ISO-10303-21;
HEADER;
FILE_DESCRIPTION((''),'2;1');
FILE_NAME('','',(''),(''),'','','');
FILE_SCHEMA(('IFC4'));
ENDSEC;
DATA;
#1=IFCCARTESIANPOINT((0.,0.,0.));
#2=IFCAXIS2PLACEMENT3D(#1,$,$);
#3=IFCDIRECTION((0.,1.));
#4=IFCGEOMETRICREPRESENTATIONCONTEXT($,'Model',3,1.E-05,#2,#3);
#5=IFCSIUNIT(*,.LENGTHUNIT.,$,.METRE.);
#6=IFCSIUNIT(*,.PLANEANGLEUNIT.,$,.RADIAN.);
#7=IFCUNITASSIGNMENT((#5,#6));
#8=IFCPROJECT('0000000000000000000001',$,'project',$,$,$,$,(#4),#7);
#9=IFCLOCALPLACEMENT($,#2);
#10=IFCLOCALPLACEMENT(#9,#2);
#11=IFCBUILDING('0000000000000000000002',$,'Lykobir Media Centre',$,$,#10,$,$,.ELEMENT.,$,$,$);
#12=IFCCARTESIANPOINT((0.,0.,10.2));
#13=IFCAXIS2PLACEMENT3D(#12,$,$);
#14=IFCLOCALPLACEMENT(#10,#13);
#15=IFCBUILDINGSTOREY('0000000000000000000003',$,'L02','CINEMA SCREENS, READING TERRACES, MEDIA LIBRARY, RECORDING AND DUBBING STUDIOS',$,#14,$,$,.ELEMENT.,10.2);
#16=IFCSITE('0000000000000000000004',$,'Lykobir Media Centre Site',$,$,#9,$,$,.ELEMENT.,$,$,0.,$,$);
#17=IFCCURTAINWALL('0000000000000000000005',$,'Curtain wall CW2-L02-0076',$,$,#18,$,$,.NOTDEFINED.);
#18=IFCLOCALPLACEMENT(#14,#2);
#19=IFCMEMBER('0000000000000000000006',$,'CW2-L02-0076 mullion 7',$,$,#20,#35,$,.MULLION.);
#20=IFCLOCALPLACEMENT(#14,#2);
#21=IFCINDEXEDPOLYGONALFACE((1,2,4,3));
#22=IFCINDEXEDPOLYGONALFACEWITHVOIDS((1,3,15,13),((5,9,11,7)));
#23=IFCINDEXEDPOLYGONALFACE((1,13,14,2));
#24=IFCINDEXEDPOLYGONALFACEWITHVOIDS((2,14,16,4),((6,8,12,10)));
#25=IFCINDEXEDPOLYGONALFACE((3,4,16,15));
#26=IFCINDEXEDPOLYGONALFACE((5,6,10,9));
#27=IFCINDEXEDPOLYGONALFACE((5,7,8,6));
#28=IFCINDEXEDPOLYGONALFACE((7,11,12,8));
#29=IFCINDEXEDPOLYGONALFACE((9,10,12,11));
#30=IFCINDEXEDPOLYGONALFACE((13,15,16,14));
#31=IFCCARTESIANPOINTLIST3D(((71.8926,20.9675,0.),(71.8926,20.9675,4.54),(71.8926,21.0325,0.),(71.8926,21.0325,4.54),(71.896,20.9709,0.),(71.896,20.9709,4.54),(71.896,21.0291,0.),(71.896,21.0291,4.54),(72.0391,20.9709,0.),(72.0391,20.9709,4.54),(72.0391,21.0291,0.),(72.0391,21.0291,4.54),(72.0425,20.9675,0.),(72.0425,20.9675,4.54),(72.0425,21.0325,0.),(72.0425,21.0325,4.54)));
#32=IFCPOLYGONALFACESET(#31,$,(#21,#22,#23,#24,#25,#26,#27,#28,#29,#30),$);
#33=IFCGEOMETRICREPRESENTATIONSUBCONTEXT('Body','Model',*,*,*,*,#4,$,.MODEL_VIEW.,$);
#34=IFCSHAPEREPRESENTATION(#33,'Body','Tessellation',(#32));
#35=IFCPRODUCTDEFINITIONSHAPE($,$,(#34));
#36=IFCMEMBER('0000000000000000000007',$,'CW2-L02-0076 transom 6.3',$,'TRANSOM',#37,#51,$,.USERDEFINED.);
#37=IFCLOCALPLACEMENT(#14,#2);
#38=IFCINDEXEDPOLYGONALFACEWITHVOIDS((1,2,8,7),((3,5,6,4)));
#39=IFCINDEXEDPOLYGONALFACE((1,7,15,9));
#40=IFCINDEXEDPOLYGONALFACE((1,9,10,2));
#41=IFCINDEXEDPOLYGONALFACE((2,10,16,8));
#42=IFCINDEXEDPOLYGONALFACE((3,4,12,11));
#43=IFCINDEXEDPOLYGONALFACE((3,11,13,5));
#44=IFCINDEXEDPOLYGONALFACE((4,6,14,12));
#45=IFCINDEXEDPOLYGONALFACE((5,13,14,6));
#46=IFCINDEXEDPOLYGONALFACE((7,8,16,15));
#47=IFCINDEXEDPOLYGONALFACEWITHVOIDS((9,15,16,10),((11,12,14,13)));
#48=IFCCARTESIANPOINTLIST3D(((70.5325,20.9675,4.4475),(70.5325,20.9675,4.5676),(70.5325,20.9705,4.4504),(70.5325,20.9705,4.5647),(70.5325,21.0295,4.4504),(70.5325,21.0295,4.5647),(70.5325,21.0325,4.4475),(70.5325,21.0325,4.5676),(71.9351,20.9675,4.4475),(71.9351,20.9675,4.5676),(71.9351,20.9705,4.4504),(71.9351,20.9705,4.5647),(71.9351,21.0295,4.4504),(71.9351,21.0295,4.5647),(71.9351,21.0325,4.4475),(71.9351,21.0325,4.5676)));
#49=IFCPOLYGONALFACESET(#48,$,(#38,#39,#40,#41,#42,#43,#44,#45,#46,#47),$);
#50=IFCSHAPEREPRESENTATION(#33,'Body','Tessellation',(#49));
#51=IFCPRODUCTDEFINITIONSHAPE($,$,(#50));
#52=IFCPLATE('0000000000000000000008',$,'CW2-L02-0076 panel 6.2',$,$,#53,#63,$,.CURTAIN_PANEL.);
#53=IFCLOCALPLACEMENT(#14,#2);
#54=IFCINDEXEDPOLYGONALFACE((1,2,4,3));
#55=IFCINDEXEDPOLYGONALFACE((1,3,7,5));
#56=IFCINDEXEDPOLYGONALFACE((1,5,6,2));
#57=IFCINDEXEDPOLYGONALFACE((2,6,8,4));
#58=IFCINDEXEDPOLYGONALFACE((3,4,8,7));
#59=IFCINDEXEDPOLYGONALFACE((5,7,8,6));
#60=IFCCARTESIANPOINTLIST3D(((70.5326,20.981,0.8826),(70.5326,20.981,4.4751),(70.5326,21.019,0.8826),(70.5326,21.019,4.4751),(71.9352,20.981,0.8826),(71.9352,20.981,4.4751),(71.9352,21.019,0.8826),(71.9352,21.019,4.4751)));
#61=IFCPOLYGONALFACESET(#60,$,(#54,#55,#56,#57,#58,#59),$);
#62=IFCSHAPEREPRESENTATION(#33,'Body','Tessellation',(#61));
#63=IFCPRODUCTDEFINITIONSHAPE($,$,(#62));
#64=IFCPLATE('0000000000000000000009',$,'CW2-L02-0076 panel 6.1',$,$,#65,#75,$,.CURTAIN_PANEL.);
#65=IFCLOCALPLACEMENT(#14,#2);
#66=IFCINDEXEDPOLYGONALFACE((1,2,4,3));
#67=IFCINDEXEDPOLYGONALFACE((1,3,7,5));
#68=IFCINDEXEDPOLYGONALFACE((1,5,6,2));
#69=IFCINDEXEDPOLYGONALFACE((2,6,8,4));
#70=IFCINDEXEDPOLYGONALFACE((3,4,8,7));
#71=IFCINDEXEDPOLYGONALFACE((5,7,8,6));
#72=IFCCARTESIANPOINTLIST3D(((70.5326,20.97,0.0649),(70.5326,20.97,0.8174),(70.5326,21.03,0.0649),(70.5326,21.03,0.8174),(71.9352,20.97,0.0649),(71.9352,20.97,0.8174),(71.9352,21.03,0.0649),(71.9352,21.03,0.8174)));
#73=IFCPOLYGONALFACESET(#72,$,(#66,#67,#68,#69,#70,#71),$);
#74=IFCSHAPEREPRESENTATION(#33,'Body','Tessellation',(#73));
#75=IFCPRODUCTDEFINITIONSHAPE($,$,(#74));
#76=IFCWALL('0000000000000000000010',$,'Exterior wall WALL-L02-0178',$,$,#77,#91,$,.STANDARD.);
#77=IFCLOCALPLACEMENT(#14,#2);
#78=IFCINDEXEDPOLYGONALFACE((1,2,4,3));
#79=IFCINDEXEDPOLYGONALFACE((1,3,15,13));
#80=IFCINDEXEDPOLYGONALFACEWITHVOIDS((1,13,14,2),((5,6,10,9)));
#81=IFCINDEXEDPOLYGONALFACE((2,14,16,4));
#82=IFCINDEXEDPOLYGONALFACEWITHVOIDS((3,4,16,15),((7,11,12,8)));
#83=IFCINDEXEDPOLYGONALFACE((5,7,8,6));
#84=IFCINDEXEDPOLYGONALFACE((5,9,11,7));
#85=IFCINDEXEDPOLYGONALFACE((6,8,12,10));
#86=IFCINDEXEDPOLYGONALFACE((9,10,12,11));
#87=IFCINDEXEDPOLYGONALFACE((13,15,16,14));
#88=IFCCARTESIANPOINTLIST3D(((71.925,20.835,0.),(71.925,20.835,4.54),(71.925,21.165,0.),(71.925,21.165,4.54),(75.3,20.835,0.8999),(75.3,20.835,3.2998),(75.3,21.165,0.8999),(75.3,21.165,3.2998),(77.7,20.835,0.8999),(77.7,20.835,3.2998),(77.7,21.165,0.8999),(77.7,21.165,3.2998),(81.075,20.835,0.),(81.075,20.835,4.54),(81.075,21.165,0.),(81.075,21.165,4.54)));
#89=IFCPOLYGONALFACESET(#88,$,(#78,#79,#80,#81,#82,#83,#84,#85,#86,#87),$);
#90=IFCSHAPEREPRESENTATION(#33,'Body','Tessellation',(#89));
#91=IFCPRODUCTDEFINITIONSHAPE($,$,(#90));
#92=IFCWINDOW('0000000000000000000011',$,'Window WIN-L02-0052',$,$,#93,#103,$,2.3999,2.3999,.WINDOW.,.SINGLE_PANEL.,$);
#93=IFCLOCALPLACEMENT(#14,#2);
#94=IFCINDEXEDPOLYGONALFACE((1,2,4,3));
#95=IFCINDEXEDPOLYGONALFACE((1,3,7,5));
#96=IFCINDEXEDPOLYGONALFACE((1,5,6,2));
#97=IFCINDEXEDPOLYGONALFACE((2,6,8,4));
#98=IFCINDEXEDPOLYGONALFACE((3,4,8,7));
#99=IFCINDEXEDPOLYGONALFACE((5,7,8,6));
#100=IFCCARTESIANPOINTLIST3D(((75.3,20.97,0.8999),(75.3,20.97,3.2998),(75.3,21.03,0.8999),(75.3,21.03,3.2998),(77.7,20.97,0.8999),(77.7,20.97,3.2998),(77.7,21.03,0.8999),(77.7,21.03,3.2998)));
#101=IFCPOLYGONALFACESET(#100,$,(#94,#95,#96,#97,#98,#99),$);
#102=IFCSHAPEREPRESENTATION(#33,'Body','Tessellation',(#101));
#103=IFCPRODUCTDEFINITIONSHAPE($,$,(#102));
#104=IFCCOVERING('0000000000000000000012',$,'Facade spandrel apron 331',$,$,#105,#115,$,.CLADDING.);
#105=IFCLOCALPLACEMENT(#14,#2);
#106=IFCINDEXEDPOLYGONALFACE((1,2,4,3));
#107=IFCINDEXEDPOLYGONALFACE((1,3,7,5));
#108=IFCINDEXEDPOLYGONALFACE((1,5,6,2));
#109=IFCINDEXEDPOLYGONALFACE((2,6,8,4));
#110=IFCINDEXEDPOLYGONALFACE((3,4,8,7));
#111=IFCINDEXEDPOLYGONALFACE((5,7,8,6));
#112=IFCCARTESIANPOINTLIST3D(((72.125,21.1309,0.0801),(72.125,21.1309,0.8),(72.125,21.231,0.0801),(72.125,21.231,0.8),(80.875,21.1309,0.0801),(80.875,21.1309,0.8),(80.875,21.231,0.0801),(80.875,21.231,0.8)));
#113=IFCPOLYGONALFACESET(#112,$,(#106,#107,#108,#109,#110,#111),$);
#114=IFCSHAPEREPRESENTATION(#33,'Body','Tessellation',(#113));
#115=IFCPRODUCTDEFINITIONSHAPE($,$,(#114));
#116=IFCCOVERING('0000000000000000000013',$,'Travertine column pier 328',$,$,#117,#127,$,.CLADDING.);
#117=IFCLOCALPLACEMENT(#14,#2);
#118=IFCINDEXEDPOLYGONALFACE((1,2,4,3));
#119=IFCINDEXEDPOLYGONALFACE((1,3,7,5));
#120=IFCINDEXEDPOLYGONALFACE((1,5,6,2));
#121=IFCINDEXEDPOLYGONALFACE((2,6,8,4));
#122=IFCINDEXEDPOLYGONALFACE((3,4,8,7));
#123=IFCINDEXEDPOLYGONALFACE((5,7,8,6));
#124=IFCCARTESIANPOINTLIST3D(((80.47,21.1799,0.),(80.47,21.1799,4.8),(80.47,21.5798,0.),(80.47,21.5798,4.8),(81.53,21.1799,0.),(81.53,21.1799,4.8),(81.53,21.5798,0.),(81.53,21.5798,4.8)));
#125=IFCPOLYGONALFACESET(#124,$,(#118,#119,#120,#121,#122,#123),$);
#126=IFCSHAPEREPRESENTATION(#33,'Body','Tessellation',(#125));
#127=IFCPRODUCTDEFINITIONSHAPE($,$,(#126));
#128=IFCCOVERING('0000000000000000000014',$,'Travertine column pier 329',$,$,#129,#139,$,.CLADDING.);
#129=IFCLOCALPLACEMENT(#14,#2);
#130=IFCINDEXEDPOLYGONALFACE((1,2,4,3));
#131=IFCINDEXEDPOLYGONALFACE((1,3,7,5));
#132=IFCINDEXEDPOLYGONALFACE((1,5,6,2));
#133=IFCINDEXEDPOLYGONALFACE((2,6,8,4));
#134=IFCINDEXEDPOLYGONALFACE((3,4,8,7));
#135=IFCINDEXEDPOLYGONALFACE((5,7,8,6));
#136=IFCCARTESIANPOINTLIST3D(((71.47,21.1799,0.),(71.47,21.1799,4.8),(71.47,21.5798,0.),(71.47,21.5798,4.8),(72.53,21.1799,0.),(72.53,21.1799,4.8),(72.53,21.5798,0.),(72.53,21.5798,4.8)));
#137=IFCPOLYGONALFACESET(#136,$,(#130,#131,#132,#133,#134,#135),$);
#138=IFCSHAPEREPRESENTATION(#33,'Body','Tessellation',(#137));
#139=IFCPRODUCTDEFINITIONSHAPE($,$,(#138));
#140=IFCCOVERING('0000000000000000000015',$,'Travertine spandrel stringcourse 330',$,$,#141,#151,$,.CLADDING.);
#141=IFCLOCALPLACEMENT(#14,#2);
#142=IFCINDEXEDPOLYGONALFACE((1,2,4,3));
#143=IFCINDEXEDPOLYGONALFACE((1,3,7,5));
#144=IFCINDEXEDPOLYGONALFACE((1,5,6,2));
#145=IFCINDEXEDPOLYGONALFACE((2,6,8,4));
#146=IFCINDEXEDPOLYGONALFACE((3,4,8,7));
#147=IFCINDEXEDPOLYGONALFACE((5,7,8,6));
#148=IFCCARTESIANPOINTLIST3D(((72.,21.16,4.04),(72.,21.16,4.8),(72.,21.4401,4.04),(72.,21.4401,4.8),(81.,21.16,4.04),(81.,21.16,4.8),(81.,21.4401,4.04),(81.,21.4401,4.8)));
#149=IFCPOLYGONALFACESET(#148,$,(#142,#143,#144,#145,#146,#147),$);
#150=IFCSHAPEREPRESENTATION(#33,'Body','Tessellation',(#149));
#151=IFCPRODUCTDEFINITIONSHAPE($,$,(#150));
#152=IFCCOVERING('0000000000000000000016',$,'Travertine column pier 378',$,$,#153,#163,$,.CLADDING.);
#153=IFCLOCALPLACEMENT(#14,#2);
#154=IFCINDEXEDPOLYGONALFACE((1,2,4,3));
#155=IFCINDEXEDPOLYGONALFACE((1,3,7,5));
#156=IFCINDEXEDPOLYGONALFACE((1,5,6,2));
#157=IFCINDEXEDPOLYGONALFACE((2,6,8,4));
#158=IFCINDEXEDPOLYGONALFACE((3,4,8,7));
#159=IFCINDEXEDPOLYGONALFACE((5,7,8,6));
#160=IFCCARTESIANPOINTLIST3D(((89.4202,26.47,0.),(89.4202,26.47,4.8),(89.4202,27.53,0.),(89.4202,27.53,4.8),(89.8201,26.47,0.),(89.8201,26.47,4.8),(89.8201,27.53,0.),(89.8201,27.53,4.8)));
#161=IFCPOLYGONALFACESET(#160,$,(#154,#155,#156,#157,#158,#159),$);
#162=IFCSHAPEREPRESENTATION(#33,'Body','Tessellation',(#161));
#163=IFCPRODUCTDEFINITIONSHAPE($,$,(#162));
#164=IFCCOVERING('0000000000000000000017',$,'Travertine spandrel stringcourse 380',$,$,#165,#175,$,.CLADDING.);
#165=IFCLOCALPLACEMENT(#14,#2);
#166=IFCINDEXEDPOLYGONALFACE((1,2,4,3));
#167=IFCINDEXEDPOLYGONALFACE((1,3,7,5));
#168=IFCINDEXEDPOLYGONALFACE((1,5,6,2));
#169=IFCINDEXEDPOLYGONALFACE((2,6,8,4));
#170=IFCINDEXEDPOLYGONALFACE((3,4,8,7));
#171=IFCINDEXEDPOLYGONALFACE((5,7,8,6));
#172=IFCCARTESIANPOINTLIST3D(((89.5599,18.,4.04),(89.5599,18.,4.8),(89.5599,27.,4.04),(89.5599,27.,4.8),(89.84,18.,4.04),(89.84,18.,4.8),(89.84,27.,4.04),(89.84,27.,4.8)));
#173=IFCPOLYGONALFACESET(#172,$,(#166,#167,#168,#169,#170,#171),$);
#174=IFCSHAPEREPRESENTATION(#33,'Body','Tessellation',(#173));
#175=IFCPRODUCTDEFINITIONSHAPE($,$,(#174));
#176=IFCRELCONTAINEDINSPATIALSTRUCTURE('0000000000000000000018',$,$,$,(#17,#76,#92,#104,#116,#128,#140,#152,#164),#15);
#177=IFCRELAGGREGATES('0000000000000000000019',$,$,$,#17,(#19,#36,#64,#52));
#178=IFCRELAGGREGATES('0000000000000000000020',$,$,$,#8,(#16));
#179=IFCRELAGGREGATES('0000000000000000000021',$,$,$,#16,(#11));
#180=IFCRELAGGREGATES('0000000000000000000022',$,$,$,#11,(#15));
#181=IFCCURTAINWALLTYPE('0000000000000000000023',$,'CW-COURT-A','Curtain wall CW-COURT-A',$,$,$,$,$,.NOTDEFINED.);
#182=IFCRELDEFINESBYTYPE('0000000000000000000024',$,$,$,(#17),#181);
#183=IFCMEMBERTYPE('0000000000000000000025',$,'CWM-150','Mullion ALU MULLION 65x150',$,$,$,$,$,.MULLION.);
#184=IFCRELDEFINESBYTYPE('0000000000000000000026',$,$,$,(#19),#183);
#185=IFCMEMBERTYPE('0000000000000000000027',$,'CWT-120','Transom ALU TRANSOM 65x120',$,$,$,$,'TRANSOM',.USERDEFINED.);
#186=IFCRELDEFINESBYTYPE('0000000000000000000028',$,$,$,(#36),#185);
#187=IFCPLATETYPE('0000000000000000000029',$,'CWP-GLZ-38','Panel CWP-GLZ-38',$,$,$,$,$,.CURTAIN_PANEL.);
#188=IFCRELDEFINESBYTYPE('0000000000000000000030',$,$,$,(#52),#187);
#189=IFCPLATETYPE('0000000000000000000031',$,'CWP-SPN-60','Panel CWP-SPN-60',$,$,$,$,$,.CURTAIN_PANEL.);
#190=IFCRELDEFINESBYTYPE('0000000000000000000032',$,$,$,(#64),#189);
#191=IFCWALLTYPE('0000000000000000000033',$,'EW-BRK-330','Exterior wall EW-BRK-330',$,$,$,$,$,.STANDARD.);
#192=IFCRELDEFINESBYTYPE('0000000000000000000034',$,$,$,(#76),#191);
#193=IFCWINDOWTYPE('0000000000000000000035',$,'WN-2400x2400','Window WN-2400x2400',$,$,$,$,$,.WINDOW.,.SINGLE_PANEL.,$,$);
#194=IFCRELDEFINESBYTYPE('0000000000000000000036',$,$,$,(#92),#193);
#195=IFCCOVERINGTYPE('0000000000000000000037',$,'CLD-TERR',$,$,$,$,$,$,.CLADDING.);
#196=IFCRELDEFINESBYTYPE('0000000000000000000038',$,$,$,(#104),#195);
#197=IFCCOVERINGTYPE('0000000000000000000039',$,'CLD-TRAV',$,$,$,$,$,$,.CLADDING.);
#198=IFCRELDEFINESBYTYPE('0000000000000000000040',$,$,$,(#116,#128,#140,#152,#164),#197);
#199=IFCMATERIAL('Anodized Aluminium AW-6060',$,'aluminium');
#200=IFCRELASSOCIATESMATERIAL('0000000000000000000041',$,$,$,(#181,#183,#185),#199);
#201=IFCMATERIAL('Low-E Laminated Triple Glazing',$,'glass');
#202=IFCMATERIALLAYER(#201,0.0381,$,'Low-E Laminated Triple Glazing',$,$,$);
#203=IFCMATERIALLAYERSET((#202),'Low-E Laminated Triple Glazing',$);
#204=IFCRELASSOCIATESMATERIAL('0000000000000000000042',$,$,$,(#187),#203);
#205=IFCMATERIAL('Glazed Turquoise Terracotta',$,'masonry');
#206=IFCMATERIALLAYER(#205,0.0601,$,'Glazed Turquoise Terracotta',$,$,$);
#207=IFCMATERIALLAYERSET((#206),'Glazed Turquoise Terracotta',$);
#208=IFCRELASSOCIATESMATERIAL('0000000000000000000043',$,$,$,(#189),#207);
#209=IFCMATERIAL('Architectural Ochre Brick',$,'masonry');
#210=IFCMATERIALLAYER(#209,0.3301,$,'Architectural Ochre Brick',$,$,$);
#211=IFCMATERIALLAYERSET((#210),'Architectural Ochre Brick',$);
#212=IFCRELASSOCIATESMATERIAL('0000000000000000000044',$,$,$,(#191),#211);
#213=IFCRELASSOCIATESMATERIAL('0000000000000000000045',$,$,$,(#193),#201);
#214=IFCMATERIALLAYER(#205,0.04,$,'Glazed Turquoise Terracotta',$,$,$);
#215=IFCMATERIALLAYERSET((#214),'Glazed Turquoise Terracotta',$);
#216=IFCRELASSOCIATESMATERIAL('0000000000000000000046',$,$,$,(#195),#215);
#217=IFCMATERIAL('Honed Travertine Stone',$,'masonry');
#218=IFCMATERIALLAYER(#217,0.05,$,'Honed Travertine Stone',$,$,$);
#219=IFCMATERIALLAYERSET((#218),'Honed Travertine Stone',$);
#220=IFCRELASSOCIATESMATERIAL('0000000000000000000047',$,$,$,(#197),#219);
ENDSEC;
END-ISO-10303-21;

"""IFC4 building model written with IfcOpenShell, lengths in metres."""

from ifc_helpers import new_model, si_unit, direction, frame, frame_2d, origin, origin_2d, place, context, subcontext, project, spatial, rectangle, hollow_rectangle, extrude, material, layer, layer_set, material_profile, profile_set, type_object, element, fill, aggregate, save


model = new_model("IFC4")

# Units and contexts
model_context = context("Model", 3, precision=1e-05, world=origin(), true_north=direction((0.0, 1.0)))
body_context = subcontext(model_context, "Body", "Model", "MODEL_VIEW")
ifc_project = project(units=[si_unit("LENGTHUNIT", "METRE"), si_unit("PLANEANGLEUNIT", "RADIAN")], contexts=[model_context])

# Site, building, storey
site_placement = place(None, origin())
site = spatial("IfcSite", under=ifc_project, at=site_placement, Name="Lykobir Media Centre Site", CompositionType="ELEMENT", RefElevation=0.0)
building_placement = place(site_placement, origin())
building = spatial("IfcBuilding", under=site, at=building_placement, Name="Lykobir Media Centre", CompositionType="ELEMENT")
storey_placement = place(building_placement, frame((0.0, 0.0, 10.2)))
storey = spatial("IfcBuildingStorey", under=building, at=storey_placement, Name="L02", Description="CINEMA SCREENS, READING TERRACES, MEDIA LIBRARY, RECORDING AND DUBBING STUDIOS", CompositionType="ELEMENT", Elevation=10.2)

# Curtain wall, members, plates
ifc_material_1 = material(Name="Anodized Aluminium AW-6060", Category="aluminium")
curtain_wall_type = type_object("IfcCurtainWallType", Name="CW-COURT-A", Description="Curtain wall CW-COURT-A", PredefinedType="NOTDEFINED", material=ifc_material_1)
curtain_wall_placement = place(storey_placement, origin())
curtain_wall = element("IfcCurtainWall", 1, at=curtain_wall_placement, inside=storey, type_object=curtain_wall_type, Name="Curtain wall CW2-L02-0076", PredefinedType="NOTDEFINED")
ifc_material_profile_1 = material_profile(ifc_material_1, hollow_rectangle(XDim=0.0649, YDim=0.1499, WallThickness=0.0034, at=origin_2d()), Name="ALU MULLION 65x150")
ifc_profile_set_1 = profile_set([ifc_material_profile_1], Name="Anodized Aluminium AW-6060")
member_type_1 = type_object("IfcMemberType", Name="CWM-150", Description="Mullion ALU MULLION 65x150", PredefinedType="MULLION", material=ifc_profile_set_1)
member_1_placement = place(storey_placement, frame((71.9675, 21.0, 0.0), z_axis=(0.0, 0.0, 1.0), x_axis=(0.0, 1.0, 0.0)))
member_1 = element("IfcMember", 2, at=member_1_placement, type_object=member_type_1, Name="CW2-L02-0076 mullion 7", PredefinedType="MULLION", context=body_context, shape_type="SweptSolid", body=[
    extrude(hollow_rectangle(XDim=0.0649, YDim=0.1499, WallThickness=0.0034, at=origin_2d()), origin(), (0.0, 0.0, 1.0), 4.54),
])
ifc_material_profile_2 = material_profile(ifc_material_1, hollow_rectangle(XDim=0.0649, YDim=0.1201, WallThickness=0.0029, at=origin_2d()), Name="ALU TRANSOM 65x120")
ifc_profile_set_2 = profile_set([ifc_material_profile_2], Name="Anodized Aluminium AW-6060")
member_type_2 = type_object("IfcMemberType", Name="CWT-120", Description="Transom ALU TRANSOM 65x120", ElementType="TRANSOM", PredefinedType="USERDEFINED", material=ifc_profile_set_2)
member_2_placement = place(storey_placement, frame((70.5325, 21.0, 4.5076), z_axis=(1.0, 0.0, 0.0), x_axis=(0.0, 1.0, 0.0)))
member_2 = element("IfcMember", 3, at=member_2_placement, type_object=member_type_2, Name="CW2-L02-0076 transom 6.3", ObjectType="TRANSOM", PredefinedType="USERDEFINED", context=body_context, shape_type="SweptSolid", body=[
    extrude(hollow_rectangle(XDim=0.0649, YDim=0.1201, WallThickness=0.0029, at=origin_2d()), origin(), (0.0, 0.0, 1.0), 1.4026),
])
ifc_material_2 = material(Name="Low-E Laminated Triple Glazing", Category="glass")
ifc_layer_1 = layer(ifc_material_2, 0.0381, Name="Low-E Laminated Triple Glazing")
ifc_layer_set_1 = layer_set([ifc_layer_1], Name="Low-E Laminated Triple Glazing")
plate_type_1 = type_object("IfcPlateType", Name="CWP-GLZ-38", Description="Panel CWP-GLZ-38", PredefinedType="CURTAIN_PANEL", material=ifc_layer_set_1)
plate_1_placement = place(storey_placement, frame((71.2339, 21.0, 0.8826), z_axis=(0.0, 0.0, 1.0), x_axis=(1.0, 0.0, 0.0)))
plate_1 = element("IfcPlate", 4, at=plate_1_placement, type_object=plate_type_1, Name="CW2-L02-0076 panel 6.2", PredefinedType="CURTAIN_PANEL", context=body_context, shape_type="SweptSolid", body=[
    extrude(rectangle(XDim=1.4026, YDim=0.0381, at=origin_2d()), origin(), (0.0, 0.0, 1.0), 3.5925),
])
ifc_material_3 = material(Name="Glazed Turquoise Terracotta", Category="masonry")
ifc_layer_2 = layer(ifc_material_3, 0.0601, Name="Glazed Turquoise Terracotta")
ifc_layer_set_2 = layer_set([ifc_layer_2], Name="Glazed Turquoise Terracotta")
plate_type_2 = type_object("IfcPlateType", Name="CWP-SPN-60", Description="Panel CWP-SPN-60", PredefinedType="CURTAIN_PANEL", material=ifc_layer_set_2)
plate_2_placement = place(storey_placement, frame((71.2339, 21.0, 0.0649), z_axis=(0.0, 0.0, 1.0), x_axis=(1.0, 0.0, 0.0)))
plate_2 = element("IfcPlate", 5, at=plate_2_placement, type_object=plate_type_2, Name="CW2-L02-0076 panel 6.1", PredefinedType="CURTAIN_PANEL", context=body_context, shape_type="SweptSolid", body=[
    extrude(rectangle(XDim=1.4026, YDim=0.0601, at=origin_2d()), origin(), (0.0, 0.0, 1.0), 0.7524),
])
aggregate(curtain_wall, [member_1, member_2, plate_2, plate_1])

# Wall, opening, window
ifc_material_4 = material(Name="Architectural Ochre Brick", Category="masonry")
ifc_layer_3 = layer(ifc_material_4, 0.3301, Name="Architectural Ochre Brick")
ifc_layer_set_3 = layer_set([ifc_layer_3], Name="Architectural Ochre Brick")
wall_type = type_object("IfcWallType", Name="EW-BRK-330", Description="Exterior wall EW-BRK-330", PredefinedType="STANDARD", material=ifc_layer_set_3)
wall_placement = place(storey_placement, frame((81.075, 21.0, 0.0), z_axis=(0.0, 0.0, 1.0), x_axis=(-1.0, 0.0, 0.0)))
wall = element("IfcWall", 6, at=wall_placement, inside=storey, type_object=wall_type, Name="Exterior wall WALL-L02-0178", PredefinedType="STANDARD", context=body_context, shape_type="SweptSolid", body=[
    extrude(rectangle(XDim=9.1499, YDim=0.3301, at=frame_2d((4.575, 0.0))), origin(), (0.0, 0.0, 1.0), 4.54),
])
opening_placement = place(wall_placement, frame((3.375, 0.0, 0.8999)))
opening = element("IfcOpeningElement", 7, at=opening_placement, cuts=wall, PredefinedType="OPENING", context=body_context, shape_type="SweptSolid", body=[
    extrude(rectangle(XDim=2.3999, YDim=2.3999, at=frame_2d((1.2, 1.2))), frame((0.0, 0.175, 0.0), z_axis=(0.0, -1.0, 0.0), x_axis=(1.0, 0.0, 0.0)), (0.0, 0.0, 1.0), 0.3501),
])
window_type = type_object("IfcWindowType", Name="WN-2400x2400", Description="Window WN-2400x2400", PartitioningType="SINGLE_PANEL", PredefinedType="WINDOW", material=ifc_material_2)
window_placement = place(opening_placement, origin())
window = element("IfcWindow", 8, at=window_placement, inside=storey, type_object=window_type, Name="Window WIN-L02-0052", OverallHeight=2.3999, OverallWidth=2.3999, PartitioningType="SINGLE_PANEL", PredefinedType="WINDOW", context=body_context, shape_type="SweptSolid", body=[
    extrude(rectangle(XDim=2.3999, YDim=2.3999, at=frame_2d((1.2, 1.2))), frame((0.0, 0.03, 0.0), z_axis=(0.0, -1.0, 0.0), x_axis=(1.0, 0.0, 0.0)), (0.0, 0.0, 1.0), 0.0601),
])
fill(opening, window)

# Coverings
ifc_layer_4 = layer(ifc_material_3, 0.04, Name="Glazed Turquoise Terracotta")
ifc_layer_set_4 = layer_set([ifc_layer_4], Name="Glazed Turquoise Terracotta")
covering_type_1 = type_object("IfcCoveringType", Name="CLD-TERR", PredefinedType="CLADDING", material=ifc_layer_set_4)
covering_1_placement = place(storey_placement, frame((76.5, 21.1809, 0.0801), z_axis=(0.0, 0.0, 1.0), x_axis=(-1.0, 0.0, 0.0)))
element("IfcCovering", 9, at=covering_1_placement, inside=storey, type_object=covering_type_1, Name="Facade spandrel apron 331", PredefinedType="CLADDING", context=body_context, shape_type="SweptSolid", body=[
    extrude(rectangle(XDim=8.75, YDim=0.1001, at=origin_2d()), origin(), (0.0, 0.0, 1.0), 0.72),
])
ifc_material_5 = material(Name="Honed Travertine Stone", Category="masonry")
ifc_layer_5 = layer(ifc_material_5, 0.05, Name="Honed Travertine Stone")
ifc_layer_set_5 = layer_set([ifc_layer_5], Name="Honed Travertine Stone")
covering_type_2 = type_object("IfcCoveringType", Name="CLD-TRAV", PredefinedType="CLADDING", material=ifc_layer_set_5)
for number, where, z_axis, x_axis, name in (
    (10, (81.0, 21.3799, 0.0), (0.0, 0.0, 1.0), (-1.0, 0.0, 0.0), "Travertine column pier 328"),
    (11, (72.0, 21.3799, 0.0), (0.0, 0.0, 1.0), (-1.0, 0.0, 0.0), "Travertine column pier 329"),
):
    element("IfcCovering", number, at=place(storey_placement, frame(where, z_axis=z_axis, x_axis=x_axis)), inside=storey, type_object=covering_type_2, Name=name, PredefinedType="CLADDING", context=body_context, shape_type="SweptSolid", body=[
        extrude(rectangle(XDim=1.0601, YDim=0.3999, at=origin_2d()), origin(), (0.0, 0.0, 1.0), 4.8),
    ])
covering_2_placement = place(storey_placement, frame((76.5, 21.3, 4.04), z_axis=(0.0, 0.0, 1.0), x_axis=(-1.0, 0.0, 0.0)))
element("IfcCovering", 12, at=covering_2_placement, inside=storey, type_object=covering_type_2, Name="Travertine spandrel stringcourse 330", PredefinedType="CLADDING", context=body_context, shape_type="SweptSolid", body=[
    extrude(rectangle(XDim=9.0, YDim=0.28, at=origin_2d()), origin(), (0.0, 0.0, 1.0), 0.76),
])
covering_3_placement = place(storey_placement, frame((89.6201, 27.0, 0.0), z_axis=(0.0, 0.0, 1.0), x_axis=(0.0, -1.0, 0.0)))
element("IfcCovering", 13, at=covering_3_placement, inside=storey, type_object=covering_type_2, Name="Travertine column pier 378", PredefinedType="CLADDING", context=body_context, shape_type="SweptSolid", body=[
    extrude(rectangle(XDim=1.0601, YDim=0.3999, at=origin_2d()), origin(), (0.0, 0.0, 1.0), 4.8),
])
covering_4_placement = place(storey_placement, frame((89.7, 22.5, 4.04), z_axis=(0.0, 0.0, 1.0), x_axis=(0.0, -1.0, 0.0)))
element("IfcCovering", 14, at=covering_4_placement, inside=storey, type_object=covering_type_2, Name="Travertine spandrel stringcourse 380", PredefinedType="CLADDING", context=body_context, shape_type="SweptSolid", body=[
    extrude(rectangle(XDim=9.0, YDim=0.28, at=origin_2d()), origin(), (0.0, 0.0, 1.0), 0.76),
])

save(model, "model.ifc")
